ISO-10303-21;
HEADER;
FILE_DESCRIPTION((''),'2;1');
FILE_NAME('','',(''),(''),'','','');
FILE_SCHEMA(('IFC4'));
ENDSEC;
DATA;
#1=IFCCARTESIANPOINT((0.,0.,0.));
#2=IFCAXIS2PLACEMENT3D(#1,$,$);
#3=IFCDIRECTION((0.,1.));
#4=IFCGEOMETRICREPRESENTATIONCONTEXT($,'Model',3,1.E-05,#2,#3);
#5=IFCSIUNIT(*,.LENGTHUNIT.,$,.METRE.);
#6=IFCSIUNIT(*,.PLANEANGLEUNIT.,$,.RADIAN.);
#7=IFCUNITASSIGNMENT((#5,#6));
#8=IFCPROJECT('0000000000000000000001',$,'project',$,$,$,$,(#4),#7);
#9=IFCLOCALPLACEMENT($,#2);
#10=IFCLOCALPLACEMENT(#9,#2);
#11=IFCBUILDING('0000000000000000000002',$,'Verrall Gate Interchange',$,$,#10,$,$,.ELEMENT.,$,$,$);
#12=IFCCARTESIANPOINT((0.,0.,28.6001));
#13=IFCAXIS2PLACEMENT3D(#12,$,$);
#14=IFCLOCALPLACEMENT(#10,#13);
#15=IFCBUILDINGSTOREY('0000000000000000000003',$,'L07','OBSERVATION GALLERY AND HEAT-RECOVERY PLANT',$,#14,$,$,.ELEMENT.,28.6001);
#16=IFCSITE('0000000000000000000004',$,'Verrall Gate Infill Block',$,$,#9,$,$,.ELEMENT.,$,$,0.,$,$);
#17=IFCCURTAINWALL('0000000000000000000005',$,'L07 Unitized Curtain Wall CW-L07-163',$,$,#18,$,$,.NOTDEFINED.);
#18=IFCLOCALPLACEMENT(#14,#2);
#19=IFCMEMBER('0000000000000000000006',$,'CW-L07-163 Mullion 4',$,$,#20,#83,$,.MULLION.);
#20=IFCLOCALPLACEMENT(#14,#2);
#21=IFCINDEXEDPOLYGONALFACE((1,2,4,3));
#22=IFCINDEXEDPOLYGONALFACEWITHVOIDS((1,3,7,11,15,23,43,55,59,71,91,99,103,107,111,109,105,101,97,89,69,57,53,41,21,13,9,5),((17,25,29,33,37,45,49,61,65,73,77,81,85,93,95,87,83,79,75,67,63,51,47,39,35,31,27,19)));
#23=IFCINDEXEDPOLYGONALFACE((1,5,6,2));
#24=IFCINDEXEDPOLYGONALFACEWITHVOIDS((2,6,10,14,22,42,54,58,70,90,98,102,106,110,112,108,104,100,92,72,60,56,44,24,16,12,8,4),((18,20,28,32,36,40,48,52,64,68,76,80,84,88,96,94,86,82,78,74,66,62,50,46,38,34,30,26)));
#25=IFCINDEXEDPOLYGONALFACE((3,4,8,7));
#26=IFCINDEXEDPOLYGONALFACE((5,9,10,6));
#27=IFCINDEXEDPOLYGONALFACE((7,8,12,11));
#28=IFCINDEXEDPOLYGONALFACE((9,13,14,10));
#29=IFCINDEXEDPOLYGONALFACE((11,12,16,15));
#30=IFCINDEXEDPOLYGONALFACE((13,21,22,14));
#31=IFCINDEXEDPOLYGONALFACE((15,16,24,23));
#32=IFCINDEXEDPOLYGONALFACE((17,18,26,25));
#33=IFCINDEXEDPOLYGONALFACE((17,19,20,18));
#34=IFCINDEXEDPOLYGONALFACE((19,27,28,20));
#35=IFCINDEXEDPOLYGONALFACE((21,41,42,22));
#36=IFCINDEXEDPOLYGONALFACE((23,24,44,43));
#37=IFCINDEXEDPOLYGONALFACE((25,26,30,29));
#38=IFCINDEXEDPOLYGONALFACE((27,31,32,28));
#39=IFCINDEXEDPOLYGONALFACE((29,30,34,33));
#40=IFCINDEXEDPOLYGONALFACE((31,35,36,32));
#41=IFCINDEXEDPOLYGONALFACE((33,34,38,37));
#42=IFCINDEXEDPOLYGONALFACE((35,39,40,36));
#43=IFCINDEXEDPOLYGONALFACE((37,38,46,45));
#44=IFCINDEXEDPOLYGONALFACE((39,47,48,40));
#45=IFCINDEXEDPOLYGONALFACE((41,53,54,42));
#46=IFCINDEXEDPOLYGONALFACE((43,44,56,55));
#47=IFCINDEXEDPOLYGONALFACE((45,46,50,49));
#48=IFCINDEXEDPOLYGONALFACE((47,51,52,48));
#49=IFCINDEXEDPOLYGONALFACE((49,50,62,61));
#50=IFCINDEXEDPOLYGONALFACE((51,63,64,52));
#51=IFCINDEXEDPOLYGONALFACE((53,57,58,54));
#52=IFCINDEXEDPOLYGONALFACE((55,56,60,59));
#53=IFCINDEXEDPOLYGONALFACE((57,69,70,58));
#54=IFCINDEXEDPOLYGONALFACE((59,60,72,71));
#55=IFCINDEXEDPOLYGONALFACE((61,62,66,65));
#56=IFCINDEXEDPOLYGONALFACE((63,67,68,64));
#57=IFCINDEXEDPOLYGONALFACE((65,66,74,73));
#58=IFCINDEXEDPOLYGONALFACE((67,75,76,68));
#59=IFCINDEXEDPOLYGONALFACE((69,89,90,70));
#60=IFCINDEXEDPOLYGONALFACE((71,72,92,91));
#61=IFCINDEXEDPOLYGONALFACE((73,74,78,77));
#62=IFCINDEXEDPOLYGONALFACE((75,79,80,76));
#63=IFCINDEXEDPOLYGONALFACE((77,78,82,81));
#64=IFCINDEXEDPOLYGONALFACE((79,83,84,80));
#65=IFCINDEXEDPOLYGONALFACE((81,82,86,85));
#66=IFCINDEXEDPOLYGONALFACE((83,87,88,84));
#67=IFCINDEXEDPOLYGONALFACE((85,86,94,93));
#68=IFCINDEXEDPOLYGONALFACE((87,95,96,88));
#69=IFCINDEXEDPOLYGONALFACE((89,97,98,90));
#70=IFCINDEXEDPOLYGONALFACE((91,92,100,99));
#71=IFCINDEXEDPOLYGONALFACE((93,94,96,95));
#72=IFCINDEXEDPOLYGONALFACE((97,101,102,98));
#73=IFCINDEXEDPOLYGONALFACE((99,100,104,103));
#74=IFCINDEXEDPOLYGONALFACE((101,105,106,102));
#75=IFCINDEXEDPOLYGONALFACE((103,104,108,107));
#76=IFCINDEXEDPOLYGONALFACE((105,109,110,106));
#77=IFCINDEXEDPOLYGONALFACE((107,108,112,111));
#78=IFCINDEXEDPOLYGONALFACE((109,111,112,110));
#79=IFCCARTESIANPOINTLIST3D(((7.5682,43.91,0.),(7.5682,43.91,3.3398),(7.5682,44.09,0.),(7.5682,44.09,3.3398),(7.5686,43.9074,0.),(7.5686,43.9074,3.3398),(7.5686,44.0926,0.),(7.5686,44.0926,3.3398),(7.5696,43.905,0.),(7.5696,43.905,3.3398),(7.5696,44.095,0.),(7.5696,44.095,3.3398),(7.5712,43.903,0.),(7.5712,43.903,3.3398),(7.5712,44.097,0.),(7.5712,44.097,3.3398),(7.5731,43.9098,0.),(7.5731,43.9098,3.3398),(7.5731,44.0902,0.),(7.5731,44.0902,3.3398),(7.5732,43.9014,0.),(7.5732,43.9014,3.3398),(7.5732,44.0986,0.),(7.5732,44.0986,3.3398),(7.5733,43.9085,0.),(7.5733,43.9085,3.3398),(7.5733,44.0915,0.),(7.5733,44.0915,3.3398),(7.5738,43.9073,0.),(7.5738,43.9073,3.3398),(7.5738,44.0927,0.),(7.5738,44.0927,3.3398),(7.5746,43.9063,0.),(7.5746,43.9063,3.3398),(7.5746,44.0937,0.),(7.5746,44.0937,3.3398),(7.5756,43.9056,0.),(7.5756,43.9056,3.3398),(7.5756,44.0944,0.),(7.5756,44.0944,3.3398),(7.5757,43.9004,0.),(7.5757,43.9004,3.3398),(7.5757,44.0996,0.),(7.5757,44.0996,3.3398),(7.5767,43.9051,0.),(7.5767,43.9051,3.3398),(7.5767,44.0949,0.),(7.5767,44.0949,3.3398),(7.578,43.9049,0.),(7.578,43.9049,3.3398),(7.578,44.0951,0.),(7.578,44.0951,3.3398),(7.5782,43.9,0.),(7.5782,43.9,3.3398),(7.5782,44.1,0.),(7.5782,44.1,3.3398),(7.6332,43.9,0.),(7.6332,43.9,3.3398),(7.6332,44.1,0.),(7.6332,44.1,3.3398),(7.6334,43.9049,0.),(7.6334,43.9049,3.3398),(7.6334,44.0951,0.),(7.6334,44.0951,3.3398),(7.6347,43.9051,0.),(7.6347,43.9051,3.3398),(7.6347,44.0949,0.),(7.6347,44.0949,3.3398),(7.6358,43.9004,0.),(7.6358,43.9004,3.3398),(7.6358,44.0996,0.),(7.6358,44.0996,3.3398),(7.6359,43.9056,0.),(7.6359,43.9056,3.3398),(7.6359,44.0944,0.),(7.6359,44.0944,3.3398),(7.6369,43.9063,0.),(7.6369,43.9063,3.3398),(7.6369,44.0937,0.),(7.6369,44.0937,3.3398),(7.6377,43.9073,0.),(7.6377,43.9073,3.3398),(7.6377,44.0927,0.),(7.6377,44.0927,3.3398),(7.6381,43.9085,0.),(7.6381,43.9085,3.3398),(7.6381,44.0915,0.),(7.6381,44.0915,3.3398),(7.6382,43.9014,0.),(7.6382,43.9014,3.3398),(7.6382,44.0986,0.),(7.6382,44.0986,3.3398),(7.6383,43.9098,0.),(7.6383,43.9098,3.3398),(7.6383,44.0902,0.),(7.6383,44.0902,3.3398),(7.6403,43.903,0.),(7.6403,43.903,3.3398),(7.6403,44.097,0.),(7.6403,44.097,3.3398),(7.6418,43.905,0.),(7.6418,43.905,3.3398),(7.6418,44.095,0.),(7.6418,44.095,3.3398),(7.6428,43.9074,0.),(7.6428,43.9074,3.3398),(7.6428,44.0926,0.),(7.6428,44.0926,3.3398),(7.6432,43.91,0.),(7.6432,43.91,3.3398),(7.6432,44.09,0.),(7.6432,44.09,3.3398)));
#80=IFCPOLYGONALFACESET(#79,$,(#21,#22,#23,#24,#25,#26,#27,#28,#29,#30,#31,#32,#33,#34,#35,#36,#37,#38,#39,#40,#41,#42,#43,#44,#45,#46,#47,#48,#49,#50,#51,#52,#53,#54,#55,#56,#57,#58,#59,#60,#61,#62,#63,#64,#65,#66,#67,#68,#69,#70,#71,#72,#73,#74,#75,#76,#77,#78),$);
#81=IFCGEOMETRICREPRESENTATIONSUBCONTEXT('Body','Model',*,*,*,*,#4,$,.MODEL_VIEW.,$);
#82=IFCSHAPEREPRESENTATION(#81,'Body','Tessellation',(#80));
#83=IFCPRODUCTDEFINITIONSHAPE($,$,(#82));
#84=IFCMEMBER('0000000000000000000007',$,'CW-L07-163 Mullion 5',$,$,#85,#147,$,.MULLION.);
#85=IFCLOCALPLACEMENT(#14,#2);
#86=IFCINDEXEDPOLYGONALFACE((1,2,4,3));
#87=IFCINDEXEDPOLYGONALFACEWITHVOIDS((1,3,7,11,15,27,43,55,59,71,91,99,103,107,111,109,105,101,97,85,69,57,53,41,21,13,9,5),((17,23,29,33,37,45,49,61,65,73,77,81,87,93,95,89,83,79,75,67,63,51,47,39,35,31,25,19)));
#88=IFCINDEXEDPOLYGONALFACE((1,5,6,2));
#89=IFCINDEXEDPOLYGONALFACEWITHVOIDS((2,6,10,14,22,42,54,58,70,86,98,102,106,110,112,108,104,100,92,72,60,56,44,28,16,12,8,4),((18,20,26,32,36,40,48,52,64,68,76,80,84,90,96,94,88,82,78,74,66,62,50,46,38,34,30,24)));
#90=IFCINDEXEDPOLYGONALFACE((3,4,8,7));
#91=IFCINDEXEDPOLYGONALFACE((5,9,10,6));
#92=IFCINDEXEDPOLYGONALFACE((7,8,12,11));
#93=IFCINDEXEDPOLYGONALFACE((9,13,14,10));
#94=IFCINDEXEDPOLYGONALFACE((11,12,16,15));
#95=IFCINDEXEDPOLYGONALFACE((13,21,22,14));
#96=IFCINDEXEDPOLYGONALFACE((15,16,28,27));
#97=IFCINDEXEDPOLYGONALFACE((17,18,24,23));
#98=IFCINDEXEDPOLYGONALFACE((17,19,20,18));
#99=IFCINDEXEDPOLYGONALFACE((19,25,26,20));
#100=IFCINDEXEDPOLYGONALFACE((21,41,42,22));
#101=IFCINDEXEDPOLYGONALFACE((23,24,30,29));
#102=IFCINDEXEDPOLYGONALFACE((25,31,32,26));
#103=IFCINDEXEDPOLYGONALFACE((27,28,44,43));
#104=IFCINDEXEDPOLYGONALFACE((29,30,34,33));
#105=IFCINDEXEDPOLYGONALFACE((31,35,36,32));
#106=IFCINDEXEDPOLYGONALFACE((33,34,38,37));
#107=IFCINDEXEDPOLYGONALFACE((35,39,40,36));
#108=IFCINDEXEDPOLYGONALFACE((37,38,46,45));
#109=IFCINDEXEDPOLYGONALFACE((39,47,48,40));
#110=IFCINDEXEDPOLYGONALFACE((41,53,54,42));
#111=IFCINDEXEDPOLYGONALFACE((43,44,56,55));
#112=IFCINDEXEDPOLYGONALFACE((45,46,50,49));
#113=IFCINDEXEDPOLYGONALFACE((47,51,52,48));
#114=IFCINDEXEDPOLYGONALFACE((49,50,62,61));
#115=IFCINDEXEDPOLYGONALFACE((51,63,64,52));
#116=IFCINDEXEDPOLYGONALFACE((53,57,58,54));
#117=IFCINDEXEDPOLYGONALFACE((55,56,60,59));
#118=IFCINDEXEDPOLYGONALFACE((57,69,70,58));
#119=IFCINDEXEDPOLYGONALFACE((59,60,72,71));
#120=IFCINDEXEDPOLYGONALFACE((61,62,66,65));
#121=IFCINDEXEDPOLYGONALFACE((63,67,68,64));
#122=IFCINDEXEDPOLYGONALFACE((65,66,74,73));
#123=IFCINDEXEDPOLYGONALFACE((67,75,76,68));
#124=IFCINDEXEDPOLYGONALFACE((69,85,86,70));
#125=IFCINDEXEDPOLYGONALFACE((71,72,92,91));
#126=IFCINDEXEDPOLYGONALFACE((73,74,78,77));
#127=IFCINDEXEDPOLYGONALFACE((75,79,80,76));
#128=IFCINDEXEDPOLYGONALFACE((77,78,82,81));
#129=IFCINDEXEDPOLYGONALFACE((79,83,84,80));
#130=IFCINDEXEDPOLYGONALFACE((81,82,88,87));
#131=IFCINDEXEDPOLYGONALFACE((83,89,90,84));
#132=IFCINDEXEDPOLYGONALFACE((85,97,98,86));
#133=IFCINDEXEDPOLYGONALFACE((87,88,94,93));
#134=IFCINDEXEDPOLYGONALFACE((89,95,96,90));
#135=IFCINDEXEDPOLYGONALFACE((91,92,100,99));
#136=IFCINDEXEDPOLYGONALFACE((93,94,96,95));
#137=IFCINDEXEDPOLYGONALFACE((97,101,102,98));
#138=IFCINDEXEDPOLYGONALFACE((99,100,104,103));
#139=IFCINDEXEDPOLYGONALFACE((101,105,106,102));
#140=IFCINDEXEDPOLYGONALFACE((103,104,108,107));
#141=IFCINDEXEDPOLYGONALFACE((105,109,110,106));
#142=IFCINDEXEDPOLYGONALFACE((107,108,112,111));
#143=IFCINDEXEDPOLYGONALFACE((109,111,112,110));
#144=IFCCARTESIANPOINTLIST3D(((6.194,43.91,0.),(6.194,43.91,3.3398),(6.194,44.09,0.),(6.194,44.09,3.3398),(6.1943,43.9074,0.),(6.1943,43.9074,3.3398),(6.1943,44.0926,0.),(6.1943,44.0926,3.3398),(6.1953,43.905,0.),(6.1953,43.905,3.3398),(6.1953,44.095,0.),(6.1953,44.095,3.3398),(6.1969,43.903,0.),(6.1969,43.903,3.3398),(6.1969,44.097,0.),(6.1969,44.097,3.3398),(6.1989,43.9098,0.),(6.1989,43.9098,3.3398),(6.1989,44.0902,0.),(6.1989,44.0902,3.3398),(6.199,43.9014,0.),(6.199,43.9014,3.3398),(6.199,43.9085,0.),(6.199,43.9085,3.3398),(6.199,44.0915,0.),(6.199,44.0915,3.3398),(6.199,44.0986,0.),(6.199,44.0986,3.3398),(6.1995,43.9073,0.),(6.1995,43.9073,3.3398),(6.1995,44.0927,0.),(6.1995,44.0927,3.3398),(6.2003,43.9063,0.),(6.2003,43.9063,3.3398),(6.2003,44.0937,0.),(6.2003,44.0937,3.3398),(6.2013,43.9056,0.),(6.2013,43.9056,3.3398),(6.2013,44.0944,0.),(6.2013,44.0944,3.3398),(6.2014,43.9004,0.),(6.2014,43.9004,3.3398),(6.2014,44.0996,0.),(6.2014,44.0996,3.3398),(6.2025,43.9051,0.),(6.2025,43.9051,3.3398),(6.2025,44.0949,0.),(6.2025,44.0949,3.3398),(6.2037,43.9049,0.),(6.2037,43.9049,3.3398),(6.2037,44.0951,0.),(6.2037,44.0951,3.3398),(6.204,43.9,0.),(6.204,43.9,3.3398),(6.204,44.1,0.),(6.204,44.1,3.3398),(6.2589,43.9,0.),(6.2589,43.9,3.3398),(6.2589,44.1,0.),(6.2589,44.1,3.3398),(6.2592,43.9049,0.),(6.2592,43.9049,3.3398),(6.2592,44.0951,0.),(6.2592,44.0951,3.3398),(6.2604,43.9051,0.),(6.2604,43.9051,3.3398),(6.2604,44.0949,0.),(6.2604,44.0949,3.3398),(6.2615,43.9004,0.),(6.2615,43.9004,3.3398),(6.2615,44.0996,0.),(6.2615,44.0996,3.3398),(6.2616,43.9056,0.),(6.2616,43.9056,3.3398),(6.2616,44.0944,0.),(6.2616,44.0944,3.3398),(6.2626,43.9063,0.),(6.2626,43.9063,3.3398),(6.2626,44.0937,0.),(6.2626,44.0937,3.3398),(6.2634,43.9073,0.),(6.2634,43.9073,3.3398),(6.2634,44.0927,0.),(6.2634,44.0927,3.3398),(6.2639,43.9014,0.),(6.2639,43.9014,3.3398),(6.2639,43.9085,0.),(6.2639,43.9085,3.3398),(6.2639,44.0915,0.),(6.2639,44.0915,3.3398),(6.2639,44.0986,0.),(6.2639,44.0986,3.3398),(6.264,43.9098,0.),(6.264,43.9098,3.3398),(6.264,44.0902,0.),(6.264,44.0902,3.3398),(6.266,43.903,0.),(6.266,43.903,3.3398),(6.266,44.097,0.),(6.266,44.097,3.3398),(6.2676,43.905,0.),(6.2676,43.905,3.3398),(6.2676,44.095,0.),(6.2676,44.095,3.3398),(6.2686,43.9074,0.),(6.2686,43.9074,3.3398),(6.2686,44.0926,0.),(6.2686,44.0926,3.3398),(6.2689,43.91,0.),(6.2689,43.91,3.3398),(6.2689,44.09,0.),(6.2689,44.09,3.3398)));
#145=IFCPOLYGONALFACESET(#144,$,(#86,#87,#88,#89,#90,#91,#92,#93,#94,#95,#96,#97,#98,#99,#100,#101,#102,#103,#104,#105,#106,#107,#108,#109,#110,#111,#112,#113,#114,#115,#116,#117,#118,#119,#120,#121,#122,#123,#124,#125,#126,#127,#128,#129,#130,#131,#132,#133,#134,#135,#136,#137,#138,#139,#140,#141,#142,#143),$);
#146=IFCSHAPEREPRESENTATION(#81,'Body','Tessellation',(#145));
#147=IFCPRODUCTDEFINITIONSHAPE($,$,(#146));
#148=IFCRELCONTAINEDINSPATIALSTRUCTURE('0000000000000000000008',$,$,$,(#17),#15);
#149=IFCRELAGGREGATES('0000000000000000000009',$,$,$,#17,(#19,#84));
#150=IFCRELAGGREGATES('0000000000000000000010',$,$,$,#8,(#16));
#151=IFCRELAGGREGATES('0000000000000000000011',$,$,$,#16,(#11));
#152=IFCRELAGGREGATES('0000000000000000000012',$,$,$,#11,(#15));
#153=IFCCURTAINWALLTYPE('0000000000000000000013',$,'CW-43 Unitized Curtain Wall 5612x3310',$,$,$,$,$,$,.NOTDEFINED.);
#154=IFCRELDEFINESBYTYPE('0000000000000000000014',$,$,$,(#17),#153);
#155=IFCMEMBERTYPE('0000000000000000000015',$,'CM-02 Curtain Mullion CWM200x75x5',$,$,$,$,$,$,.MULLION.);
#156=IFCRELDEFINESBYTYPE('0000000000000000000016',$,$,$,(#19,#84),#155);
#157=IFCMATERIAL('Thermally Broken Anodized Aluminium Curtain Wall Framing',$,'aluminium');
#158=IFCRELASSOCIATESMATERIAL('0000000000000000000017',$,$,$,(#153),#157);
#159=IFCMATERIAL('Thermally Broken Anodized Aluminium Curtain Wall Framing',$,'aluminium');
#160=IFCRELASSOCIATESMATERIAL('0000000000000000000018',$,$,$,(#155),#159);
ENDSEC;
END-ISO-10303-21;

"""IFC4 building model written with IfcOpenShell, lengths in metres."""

from ifc_helpers import new_model, si_unit, direction, frame, origin, origin_2d, place, context, subcontext, project, spatial, hollow_rectangle, extrude, material, material_profile, profile_set, type_object, element, aggregate, save


model = new_model("IFC4")

# Units and contexts
model_context = context("Model", 3, precision=1e-05, world=origin(), true_north=direction((0.0, 1.0)))
body_context = subcontext(model_context, "Body", "Model", "MODEL_VIEW")
ifc_project = project(units=[si_unit("LENGTHUNIT", "METRE"), si_unit("PLANEANGLEUNIT", "RADIAN")], contexts=[model_context])

# Site, building, storey
site_placement = place(None, origin())
site = spatial("IfcSite", under=ifc_project, at=site_placement, Name="Verrall Gate Infill Block", CompositionType="ELEMENT", RefElevation=0.0)
building_placement = place(site_placement, origin())
building = spatial("IfcBuilding", under=site, at=building_placement, Name="Verrall Gate Interchange", CompositionType="ELEMENT")
storey_placement = place(building_placement, frame((0.0, 0.0, 28.6001)))
storey = spatial("IfcBuildingStorey", under=building, at=storey_placement, Name="L07", Description="OBSERVATION GALLERY AND HEAT-RECOVERY PLANT", CompositionType="ELEMENT", Elevation=28.6001)

# Curtain wall, members
ifc_material_1 = material(Name="Thermally Broken Anodized Aluminium Curtain Wall Framing", Category="aluminium")
curtain_wall_type = type_object("IfcCurtainWallType", Name="CW-43 Unitized Curtain Wall 5612x3310", PredefinedType="NOTDEFINED", material=ifc_material_1)
curtain_wall_placement = place(storey_placement, origin())
curtain_wall = element("IfcCurtainWall", 1, at=curtain_wall_placement, inside=storey, type_object=curtain_wall_type, Name="L07 Unitized Curtain Wall CW-L07-163", PredefinedType="NOTDEFINED")
ifc_material_2 = material(Name="Thermally Broken Anodized Aluminium Curtain Wall Framing", Category="aluminium")
ifc_material_profile_1 = material_profile(ifc_material_2, hollow_rectangle(XDim=0.075, YDim=0.2, WallThickness=0.0049, InnerFilletRadius=0.0049, OuterFilletRadius=0.01, at=origin_2d()), Name="CWM200x75x5")
ifc_profile_set_1 = profile_set([ifc_material_profile_1], Name="Thermally Broken Anodized Aluminium Curtain Wall Framing")
member_type_1 = type_object("IfcMemberType", Name="CM-02 Curtain Mullion CWM200x75x5", PredefinedType="MULLION", material=ifc_profile_set_1)
member_1_placement = place(storey_placement, frame((7.6057, 44.0, 0.0), z_axis=(0.0, 0.0, 1.0), x_axis=(-1.0, 0.0, 0.0)))
member_1 = element("IfcMember", 2, at=member_1_placement, type_object=member_type_1, Name="CW-L07-163 Mullion 4", PredefinedType="MULLION", context=body_context, shape_type="SweptSolid", body=[
    extrude(hollow_rectangle(XDim=0.075, YDim=0.2, WallThickness=0.0049, InnerFilletRadius=0.0049, OuterFilletRadius=0.01, at=origin_2d()), origin(), (0.0, 0.0, 1.0), 3.3398),
])
member_2_placement = place(storey_placement, frame((6.2314, 44.0, 0.0), z_axis=(0.0, 0.0, 1.0), x_axis=(-1.0, 0.0, 0.0)))
member_2 = element("IfcMember", 3, at=member_2_placement, type_object=member_type_1, Name="CW-L07-163 Mullion 5", PredefinedType="MULLION", context=body_context, shape_type="SweptSolid", body=[
    extrude(hollow_rectangle(XDim=0.075, YDim=0.2, WallThickness=0.0049, InnerFilletRadius=0.0049, OuterFilletRadius=0.01, at=origin_2d()), origin(), (0.0, 0.0, 1.0), 3.3398),
])

aggregate(curtain_wall, [member_1, member_2])

save(model, "model.ifc")
